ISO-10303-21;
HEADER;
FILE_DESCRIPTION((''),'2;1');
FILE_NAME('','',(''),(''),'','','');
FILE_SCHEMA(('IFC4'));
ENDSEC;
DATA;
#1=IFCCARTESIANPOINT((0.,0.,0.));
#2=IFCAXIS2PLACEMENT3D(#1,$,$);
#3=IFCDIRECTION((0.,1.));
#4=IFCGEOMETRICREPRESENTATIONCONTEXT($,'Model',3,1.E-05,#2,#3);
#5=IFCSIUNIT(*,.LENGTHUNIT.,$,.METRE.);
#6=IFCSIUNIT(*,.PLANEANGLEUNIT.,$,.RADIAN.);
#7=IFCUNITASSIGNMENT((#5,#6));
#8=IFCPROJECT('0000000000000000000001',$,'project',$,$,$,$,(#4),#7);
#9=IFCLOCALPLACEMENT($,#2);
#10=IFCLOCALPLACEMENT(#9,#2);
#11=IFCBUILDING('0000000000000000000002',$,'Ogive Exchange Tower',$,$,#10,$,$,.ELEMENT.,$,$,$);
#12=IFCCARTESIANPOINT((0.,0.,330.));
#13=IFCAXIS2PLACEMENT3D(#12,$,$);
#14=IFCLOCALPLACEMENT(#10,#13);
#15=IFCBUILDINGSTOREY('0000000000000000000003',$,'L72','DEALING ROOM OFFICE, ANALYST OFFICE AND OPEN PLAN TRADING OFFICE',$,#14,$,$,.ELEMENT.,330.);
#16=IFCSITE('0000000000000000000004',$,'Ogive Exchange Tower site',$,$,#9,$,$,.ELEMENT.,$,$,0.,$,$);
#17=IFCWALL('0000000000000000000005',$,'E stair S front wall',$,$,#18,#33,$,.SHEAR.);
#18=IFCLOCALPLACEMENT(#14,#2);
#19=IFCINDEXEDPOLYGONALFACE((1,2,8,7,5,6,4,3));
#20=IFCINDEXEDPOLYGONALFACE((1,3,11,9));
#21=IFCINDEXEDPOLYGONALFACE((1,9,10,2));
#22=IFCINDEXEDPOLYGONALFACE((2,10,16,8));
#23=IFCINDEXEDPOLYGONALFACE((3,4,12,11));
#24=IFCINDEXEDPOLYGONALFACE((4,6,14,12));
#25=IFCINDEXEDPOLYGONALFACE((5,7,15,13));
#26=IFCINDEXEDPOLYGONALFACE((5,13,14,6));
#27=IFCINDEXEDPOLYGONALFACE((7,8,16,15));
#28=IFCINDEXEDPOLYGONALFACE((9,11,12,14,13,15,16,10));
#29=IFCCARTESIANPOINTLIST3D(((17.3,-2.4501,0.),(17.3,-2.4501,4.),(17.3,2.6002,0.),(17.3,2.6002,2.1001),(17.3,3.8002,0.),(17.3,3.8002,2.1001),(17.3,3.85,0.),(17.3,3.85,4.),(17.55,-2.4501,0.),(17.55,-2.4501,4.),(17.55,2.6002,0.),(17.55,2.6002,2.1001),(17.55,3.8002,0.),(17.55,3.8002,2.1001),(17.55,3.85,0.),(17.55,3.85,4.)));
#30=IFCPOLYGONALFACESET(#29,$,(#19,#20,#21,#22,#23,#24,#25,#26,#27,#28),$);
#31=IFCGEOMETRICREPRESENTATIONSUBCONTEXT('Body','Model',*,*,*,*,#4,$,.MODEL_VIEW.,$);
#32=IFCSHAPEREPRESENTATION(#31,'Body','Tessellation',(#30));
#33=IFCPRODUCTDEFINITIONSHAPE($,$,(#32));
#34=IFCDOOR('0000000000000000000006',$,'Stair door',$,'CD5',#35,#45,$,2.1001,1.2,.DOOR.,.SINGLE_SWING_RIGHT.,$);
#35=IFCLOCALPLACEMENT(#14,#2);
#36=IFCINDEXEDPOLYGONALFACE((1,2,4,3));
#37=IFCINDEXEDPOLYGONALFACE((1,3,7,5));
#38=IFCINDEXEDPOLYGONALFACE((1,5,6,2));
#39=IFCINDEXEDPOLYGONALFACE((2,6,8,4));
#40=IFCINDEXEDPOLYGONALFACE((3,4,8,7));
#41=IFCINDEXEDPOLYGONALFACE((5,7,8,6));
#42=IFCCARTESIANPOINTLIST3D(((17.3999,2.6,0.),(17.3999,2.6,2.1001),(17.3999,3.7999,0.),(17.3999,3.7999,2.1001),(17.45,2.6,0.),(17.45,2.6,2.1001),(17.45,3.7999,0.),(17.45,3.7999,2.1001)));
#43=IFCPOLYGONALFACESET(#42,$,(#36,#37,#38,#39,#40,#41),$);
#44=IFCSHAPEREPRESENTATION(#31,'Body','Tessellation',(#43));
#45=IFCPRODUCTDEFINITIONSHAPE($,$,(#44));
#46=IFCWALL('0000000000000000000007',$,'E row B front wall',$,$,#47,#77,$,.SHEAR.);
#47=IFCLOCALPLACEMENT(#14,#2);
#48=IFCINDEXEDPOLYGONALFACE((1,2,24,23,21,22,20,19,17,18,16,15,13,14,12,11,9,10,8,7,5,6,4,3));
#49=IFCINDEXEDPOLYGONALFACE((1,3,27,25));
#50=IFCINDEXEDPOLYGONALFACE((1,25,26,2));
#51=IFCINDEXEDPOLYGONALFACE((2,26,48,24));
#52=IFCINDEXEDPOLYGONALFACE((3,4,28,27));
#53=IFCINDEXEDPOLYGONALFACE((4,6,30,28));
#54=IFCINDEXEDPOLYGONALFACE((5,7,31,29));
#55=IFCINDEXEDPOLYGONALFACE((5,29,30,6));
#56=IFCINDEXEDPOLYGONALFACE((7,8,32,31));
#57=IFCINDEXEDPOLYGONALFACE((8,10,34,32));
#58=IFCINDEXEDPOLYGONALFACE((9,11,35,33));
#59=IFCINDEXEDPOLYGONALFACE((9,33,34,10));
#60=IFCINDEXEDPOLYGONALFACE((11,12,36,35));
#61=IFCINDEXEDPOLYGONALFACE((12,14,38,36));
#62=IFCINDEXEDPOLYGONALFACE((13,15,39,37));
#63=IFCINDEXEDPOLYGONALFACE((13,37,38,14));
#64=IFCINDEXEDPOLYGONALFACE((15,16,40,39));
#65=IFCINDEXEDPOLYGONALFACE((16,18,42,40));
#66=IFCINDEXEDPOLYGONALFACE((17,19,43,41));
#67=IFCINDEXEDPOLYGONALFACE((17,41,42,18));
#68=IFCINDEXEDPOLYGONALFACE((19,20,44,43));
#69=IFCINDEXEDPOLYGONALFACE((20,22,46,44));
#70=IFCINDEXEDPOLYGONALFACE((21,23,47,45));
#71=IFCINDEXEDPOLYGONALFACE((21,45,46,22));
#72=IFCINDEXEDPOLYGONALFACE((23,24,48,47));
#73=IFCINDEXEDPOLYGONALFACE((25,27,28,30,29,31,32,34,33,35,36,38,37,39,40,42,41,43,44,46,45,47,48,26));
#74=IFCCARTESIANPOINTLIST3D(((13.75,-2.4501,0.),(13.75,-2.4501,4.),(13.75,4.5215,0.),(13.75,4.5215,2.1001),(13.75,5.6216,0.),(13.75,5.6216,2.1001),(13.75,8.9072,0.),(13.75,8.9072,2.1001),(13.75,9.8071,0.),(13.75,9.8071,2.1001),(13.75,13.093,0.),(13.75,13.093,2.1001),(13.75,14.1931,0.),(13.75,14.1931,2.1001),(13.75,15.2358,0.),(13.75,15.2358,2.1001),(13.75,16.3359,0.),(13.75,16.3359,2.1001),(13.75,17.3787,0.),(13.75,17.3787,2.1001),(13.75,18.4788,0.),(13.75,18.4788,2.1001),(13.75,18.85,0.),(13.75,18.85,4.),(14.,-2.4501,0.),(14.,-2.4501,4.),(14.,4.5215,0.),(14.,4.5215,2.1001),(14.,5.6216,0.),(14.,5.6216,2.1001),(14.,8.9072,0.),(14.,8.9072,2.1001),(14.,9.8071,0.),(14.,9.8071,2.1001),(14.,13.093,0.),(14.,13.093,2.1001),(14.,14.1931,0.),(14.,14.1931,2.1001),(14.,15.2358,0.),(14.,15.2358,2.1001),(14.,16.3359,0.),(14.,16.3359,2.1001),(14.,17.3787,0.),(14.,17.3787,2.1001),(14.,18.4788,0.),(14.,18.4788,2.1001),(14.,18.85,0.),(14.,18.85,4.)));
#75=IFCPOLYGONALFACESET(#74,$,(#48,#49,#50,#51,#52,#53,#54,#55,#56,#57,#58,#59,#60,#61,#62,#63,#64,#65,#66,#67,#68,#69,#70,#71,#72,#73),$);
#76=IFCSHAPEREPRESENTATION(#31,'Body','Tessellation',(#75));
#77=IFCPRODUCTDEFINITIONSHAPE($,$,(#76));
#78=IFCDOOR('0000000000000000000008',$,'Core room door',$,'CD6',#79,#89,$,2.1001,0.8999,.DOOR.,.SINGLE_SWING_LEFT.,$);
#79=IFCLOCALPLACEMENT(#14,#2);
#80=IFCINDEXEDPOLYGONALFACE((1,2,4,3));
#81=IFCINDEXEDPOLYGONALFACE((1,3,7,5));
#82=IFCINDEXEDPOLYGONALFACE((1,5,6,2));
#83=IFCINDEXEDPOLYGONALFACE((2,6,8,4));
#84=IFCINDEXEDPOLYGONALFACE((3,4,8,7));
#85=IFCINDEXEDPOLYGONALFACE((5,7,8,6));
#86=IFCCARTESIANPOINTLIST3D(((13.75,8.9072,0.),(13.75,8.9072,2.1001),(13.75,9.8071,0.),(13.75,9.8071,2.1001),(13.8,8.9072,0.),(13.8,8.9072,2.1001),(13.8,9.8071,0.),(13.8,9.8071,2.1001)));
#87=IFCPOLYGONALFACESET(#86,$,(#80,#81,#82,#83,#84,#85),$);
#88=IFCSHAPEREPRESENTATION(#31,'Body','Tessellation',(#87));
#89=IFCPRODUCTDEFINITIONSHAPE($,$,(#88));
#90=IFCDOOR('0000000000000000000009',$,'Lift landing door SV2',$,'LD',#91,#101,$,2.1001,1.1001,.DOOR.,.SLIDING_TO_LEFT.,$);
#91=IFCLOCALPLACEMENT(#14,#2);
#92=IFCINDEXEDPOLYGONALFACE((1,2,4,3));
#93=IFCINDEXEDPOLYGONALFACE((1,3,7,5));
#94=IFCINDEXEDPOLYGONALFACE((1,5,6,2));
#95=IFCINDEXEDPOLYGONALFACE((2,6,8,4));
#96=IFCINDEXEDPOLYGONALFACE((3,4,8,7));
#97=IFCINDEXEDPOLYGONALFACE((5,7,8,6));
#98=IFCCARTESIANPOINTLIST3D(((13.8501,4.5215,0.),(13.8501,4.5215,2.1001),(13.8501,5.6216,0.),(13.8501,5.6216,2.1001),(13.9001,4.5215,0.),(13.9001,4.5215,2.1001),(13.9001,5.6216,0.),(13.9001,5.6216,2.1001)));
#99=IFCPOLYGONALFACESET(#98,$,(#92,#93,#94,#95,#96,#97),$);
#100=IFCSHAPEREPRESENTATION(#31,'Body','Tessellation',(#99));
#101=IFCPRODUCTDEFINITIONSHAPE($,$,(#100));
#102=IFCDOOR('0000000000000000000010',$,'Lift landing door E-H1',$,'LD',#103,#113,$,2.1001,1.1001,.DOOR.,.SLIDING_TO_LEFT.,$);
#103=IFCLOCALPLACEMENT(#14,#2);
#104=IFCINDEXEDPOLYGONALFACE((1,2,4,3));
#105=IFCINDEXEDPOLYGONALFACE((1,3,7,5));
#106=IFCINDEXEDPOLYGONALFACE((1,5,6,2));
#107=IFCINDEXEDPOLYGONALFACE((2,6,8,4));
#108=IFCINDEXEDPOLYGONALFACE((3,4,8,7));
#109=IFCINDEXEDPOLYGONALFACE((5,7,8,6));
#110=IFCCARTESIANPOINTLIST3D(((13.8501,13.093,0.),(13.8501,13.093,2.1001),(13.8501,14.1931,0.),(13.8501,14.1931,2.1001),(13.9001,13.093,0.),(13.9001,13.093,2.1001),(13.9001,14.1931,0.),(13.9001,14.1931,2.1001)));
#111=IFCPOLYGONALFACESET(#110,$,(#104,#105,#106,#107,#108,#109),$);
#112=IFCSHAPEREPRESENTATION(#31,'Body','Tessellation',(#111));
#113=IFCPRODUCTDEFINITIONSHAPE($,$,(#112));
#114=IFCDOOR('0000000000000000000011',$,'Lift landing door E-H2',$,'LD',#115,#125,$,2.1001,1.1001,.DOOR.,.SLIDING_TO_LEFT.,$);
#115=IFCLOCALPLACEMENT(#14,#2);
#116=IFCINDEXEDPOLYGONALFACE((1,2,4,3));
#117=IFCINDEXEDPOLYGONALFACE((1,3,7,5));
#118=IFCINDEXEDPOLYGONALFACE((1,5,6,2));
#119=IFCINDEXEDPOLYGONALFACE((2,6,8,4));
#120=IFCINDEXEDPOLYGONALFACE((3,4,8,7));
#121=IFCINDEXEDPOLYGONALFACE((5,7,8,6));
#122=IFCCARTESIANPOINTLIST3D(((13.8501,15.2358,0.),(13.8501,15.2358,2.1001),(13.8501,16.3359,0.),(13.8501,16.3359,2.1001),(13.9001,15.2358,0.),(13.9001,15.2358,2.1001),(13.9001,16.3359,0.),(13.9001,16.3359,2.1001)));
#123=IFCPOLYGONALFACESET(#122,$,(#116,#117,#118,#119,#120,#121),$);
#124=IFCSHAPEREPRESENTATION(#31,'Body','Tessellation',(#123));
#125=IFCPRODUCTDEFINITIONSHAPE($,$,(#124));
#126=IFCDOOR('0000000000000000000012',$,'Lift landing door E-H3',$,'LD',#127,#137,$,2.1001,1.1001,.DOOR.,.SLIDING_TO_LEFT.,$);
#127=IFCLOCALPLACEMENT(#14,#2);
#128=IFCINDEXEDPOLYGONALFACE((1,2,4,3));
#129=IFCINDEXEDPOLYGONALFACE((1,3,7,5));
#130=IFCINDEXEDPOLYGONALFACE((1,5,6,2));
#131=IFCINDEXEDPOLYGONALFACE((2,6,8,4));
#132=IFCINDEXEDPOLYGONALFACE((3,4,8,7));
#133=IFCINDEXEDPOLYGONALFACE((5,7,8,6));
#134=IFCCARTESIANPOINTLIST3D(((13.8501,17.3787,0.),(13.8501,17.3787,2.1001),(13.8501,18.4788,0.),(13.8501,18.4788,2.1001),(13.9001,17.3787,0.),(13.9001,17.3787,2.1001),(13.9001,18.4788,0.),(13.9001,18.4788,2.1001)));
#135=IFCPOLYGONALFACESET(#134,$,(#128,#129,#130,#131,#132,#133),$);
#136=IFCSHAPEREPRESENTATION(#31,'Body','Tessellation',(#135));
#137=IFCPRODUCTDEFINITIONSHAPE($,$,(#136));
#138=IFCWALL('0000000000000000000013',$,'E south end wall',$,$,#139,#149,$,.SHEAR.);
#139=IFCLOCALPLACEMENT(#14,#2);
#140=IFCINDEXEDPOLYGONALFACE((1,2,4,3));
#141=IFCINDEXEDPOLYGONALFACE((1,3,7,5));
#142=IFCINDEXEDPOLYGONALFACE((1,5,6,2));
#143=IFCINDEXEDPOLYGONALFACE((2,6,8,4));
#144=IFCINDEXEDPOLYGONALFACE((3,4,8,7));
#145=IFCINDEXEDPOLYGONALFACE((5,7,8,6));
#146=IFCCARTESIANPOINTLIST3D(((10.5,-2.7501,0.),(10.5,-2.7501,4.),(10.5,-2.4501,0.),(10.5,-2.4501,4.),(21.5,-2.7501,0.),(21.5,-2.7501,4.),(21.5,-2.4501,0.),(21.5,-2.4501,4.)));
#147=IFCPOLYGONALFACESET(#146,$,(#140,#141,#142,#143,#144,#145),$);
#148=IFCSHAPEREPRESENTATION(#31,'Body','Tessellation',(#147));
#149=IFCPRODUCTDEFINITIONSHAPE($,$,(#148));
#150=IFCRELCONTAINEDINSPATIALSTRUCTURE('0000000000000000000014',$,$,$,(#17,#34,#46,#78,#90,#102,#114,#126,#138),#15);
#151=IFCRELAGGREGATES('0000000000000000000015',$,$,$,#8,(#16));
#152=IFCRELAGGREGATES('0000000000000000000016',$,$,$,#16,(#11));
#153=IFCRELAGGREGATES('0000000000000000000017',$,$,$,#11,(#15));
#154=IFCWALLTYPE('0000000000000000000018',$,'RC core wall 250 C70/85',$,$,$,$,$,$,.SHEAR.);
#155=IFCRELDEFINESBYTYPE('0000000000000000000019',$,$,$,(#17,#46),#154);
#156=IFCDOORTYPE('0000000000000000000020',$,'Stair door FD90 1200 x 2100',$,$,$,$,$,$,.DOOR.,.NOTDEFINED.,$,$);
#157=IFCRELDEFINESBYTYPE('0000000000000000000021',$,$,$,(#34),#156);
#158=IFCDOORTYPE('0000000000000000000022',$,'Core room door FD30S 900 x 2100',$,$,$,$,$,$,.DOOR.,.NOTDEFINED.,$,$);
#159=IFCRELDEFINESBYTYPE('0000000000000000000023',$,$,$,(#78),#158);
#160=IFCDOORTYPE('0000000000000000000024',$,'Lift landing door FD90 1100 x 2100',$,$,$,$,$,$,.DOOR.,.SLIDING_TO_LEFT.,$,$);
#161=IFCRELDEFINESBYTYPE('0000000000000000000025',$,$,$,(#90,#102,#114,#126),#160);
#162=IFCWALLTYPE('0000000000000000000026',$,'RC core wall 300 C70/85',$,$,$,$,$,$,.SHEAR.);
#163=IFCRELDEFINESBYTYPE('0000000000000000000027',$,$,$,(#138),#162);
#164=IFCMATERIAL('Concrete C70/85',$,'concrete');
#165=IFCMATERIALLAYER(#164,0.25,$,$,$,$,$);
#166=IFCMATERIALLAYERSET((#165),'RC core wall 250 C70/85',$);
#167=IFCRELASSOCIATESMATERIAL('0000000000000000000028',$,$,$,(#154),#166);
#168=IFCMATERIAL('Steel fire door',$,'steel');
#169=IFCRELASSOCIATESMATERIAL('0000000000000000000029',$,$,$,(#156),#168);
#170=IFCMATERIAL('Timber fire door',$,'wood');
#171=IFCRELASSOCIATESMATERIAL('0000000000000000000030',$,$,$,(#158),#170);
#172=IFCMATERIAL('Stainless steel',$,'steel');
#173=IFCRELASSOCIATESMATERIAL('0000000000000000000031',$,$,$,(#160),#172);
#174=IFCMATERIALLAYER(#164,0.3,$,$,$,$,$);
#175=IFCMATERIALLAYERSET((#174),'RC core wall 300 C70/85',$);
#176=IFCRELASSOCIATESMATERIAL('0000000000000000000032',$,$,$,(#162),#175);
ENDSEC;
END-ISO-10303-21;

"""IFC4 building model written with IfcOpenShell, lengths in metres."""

from ifc_helpers import new_model, si_unit, direction, frame, frame_2d, origin, place, context, subcontext, project, spatial, rectangle, extrude, material, layer, layer_set, type_object, element, fill, save


model = new_model("IFC4")

# Units and contexts
model_context = context("Model", 3, precision=1e-05, world=origin(), true_north=direction((0.0, 1.0)))
body_context = subcontext(model_context, "Body", "Model", "MODEL_VIEW")
ifc_project = project(units=[si_unit("LENGTHUNIT", "METRE"), si_unit("PLANEANGLEUNIT", "RADIAN")], contexts=[model_context])

# Site, building, storey
site_placement = place(None, origin())
site = spatial("IfcSite", under=ifc_project, at=site_placement, Name="Ogive Exchange Tower site", CompositionType="ELEMENT", RefElevation=0.0)
building_placement = place(site_placement, origin())
building = spatial("IfcBuilding", under=site, at=building_placement, Name="Ogive Exchange Tower", CompositionType="ELEMENT")
storey_placement = place(building_placement, frame((0.0, 0.0, 330.0)))
storey = spatial("IfcBuildingStorey", under=building, at=storey_placement, Name="L72", Description="DEALING ROOM OFFICE, ANALYST OFFICE AND OPEN PLAN TRADING OFFICE", CompositionType="ELEMENT", Elevation=330.0)

# Shared definitions
ifc_material_1 = material(Name="Concrete C70/85", Category="concrete")

# Wall, opening, door
ifc_layer_1 = layer(ifc_material_1, 0.25)
ifc_layer_set_1 = layer_set([ifc_layer_1], Name="RC core wall 250 C70/85")
wall_type_1 = type_object("IfcWallType", Name="RC core wall 250 C70/85", PredefinedType="SHEAR", material=ifc_layer_set_1)
wall_1_placement = place(storey_placement, frame((17.425, -2.45, 0.0), z_axis=(0.0, 0.0, 1.0), x_axis=(0.0, 1.0, 0.0)))
wall_1 = element("IfcWall", 1, at=wall_1_placement, inside=storey, type_object=wall_type_1, Name="E stair S front wall", PredefinedType="SHEAR", context=body_context, shape_type="SweptSolid", body=[
    extrude(rectangle(XDim=6.3, YDim=0.25, at=frame_2d((3.1499, 0.0))), origin(), (0.0, 0.0, 1.0), 4.0),
])
opening_1_placement = place(wall_1_placement, frame((5.05, 0.0, 0.0)))
opening_1 = element("IfcOpeningElement", 2, at=opening_1_placement, cuts=wall_1, PredefinedType="OPENING", context=body_context, shape_type="SweptSolid", body=[
    extrude(rectangle(XDim=1.2, YDim=2.1001, at=frame_2d((0.6001, 1.05))), frame((0.0, 0.135, 0.0), z_axis=(0.0, -1.0, 0.0), x_axis=(1.0, 0.0, 0.0)), (0.0, 0.0, 1.0), 0.27),
])
ifc_material_2 = material(Name="Steel fire door", Category="steel")
door_type_1 = type_object("IfcDoorType", Name="Stair door FD90 1200 x 2100", OperationType="NOTDEFINED", PredefinedType="DOOR", material=ifc_material_2)
door_1_placement = place(opening_1_placement, frame((1.2, 0.0, 0.0), z_axis=(0.0, 0.0, 1.0), x_axis=(-1.0, 0.0, 0.0)))
door_1 = element("IfcDoor", 3, at=door_1_placement, inside=storey, type_object=door_type_1, Name="Stair door", ObjectType="CD5", OperationType="SINGLE_SWING_RIGHT", OverallHeight=2.1001, OverallWidth=1.2, PredefinedType="DOOR", context=body_context, shape_type="SweptSolid", body=[
    extrude(rectangle(XDim=1.2, YDim=2.1001, at=frame_2d((0.6001, 1.05))), frame((0.0, 0.0249, 0.0), z_axis=(0.0, -1.0, 0.0), x_axis=(1.0, 0.0, 0.0)), (0.0, 0.0, 1.0), 0.05),
])
fill(opening_1, door_1)

# Wall, openings, doors
wall_2_placement = place(storey_placement, frame((13.875, -2.45, 0.0), z_axis=(0.0, 0.0, 1.0), x_axis=(0.0, 1.0, 0.0)))
wall_2 = element("IfcWall", 4, at=wall_2_placement, inside=storey, type_object=wall_type_1, Name="E row B front wall", PredefinedType="SHEAR", context=body_context, shape_type="SweptSolid", body=[
    extrude(rectangle(XDim=21.3, YDim=0.25, at=frame_2d((10.6499, 0.0))), origin(), (0.0, 0.0, 1.0), 4.0),
])
opening_2_placement = place(wall_2_placement, frame((11.3572, 0.0, 0.0)))
opening_2 = element("IfcOpeningElement", 5, at=opening_2_placement, cuts=wall_2, PredefinedType="OPENING", context=body_context, shape_type="SweptSolid", body=[
    extrude(rectangle(XDim=0.8999, YDim=2.1001, at=frame_2d((0.45, 1.05))), frame((0.0, 0.135, 0.0), z_axis=(0.0, -1.0, 0.0), x_axis=(1.0, 0.0, 0.0)), (0.0, 0.0, 1.0), 0.27),
])
opening_3_placement = place(wall_2_placement, frame((6.9714, 0.0, 0.0)))
opening_3 = element("IfcOpeningElement", 6, at=opening_3_placement, cuts=wall_2, PredefinedType="OPENING", context=body_context, shape_type="SweptSolid", body=[
    extrude(rectangle(XDim=1.1001, YDim=2.1001, at=frame_2d((0.55, 1.05))), frame((0.0, 0.135, 0.0), z_axis=(0.0, -1.0, 0.0), x_axis=(1.0, 0.0, 0.0)), (0.0, 0.0, 1.0), 0.27),
])
opening_4_placement = place(wall_2_placement, frame((15.543, 0.0, 0.0)))
opening_4 = element("IfcOpeningElement", 7, at=opening_4_placement, cuts=wall_2, PredefinedType="OPENING", context=body_context, shape_type="SweptSolid", body=[
    extrude(rectangle(XDim=1.1001, YDim=2.1001, at=frame_2d((0.55, 1.05))), frame((0.0, 0.135, 0.0), z_axis=(0.0, -1.0, 0.0), x_axis=(1.0, 0.0, 0.0)), (0.0, 0.0, 1.0), 0.27),
])
opening_5_placement = place(wall_2_placement, frame((17.6858, 0.0, 0.0)))
opening_5 = element("IfcOpeningElement", 8, at=opening_5_placement, cuts=wall_2, PredefinedType="OPENING", context=body_context, shape_type="SweptSolid", body=[
    extrude(rectangle(XDim=1.1001, YDim=2.1001, at=frame_2d((0.55, 1.05))), frame((0.0, 0.135, 0.0), z_axis=(0.0, -1.0, 0.0), x_axis=(1.0, 0.0, 0.0)), (0.0, 0.0, 1.0), 0.27),
])
opening_6_placement = place(wall_2_placement, frame((19.8286, 0.0, 0.0)))
opening_6 = element("IfcOpeningElement", 9, at=opening_6_placement, cuts=wall_2, PredefinedType="OPENING", context=body_context, shape_type="SweptSolid", body=[
    extrude(rectangle(XDim=1.1001, YDim=2.1001, at=frame_2d((0.55, 1.05))), frame((0.0, 0.135, 0.0), z_axis=(0.0, -1.0, 0.0), x_axis=(1.0, 0.0, 0.0)), (0.0, 0.0, 1.0), 0.27),
])
ifc_material_3 = material(Name="Timber fire door", Category="wood")
door_type_2 = type_object("IfcDoorType", Name="Core room door FD30S 900 x 2100", OperationType="NOTDEFINED", PredefinedType="DOOR", material=ifc_material_3)
door_2_placement = place(opening_2_placement, origin())
door_2 = element("IfcDoor", 10, at=door_2_placement, inside=storey, type_object=door_type_2, Name="Core room door", ObjectType="CD6", OperationType="SINGLE_SWING_LEFT", OverallHeight=2.1001, OverallWidth=0.8999, PredefinedType="DOOR", context=body_context, shape_type="SweptSolid", body=[
    extrude(rectangle(XDim=0.8999, YDim=2.1001, at=frame_2d((0.45, 1.05))), frame((0.0, 0.125, 0.0), z_axis=(0.0, -1.0, 0.0), x_axis=(1.0, 0.0, 0.0)), (0.0, 0.0, 1.0), 0.05),
])
fill(opening_2, door_2)
ifc_material_4 = material(Name="Stainless steel", Category="steel")
door_type_3 = type_object("IfcDoorType", Name="Lift landing door FD90 1100 x 2100", OperationType="SLIDING_TO_LEFT", PredefinedType="DOOR", material=ifc_material_4)
door_3_placement = place(opening_3_placement, origin())
door_3 = element("IfcDoor", 11, at=door_3_placement, inside=storey, type_object=door_type_3, Name="Lift landing door SV2", ObjectType="LD", OperationType="SLIDING_TO_LEFT", OverallHeight=2.1001, OverallWidth=1.1001, PredefinedType="DOOR", context=body_context, shape_type="SweptSolid", body=[
    extrude(rectangle(XDim=1.1001, YDim=2.1001, at=frame_2d((0.55, 1.05))), frame((0.0, 0.0249, 0.0), z_axis=(0.0, -1.0, 0.0), x_axis=(1.0, 0.0, 0.0)), (0.0, 0.0, 1.0), 0.05),
])
fill(opening_3, door_3)
door_4_placement = place(opening_4_placement, origin())
door_4 = element("IfcDoor", 12, at=door_4_placement, inside=storey, type_object=door_type_3, Name="Lift landing door E-H1", ObjectType="LD", OperationType="SLIDING_TO_LEFT", OverallHeight=2.1001, OverallWidth=1.1001, PredefinedType="DOOR", context=body_context, shape_type="SweptSolid", body=[
    extrude(rectangle(XDim=1.1001, YDim=2.1001, at=frame_2d((0.55, 1.05))), frame((0.0, 0.0249, 0.0), z_axis=(0.0, -1.0, 0.0), x_axis=(1.0, 0.0, 0.0)), (0.0, 0.0, 1.0), 0.05),
])
fill(opening_4, door_4)
door_5_placement = place(opening_5_placement, origin())
door_5 = element("IfcDoor", 13, at=door_5_placement, inside=storey, type_object=door_type_3, Name="Lift landing door E-H2", ObjectType="LD", OperationType="SLIDING_TO_LEFT", OverallHeight=2.1001, OverallWidth=1.1001, PredefinedType="DOOR", context=body_context, shape_type="SweptSolid", body=[
    extrude(rectangle(XDim=1.1001, YDim=2.1001, at=frame_2d((0.55, 1.05))), frame((0.0, 0.0249, 0.0), z_axis=(0.0, -1.0, 0.0), x_axis=(1.0, 0.0, 0.0)), (0.0, 0.0, 1.0), 0.05),
])
fill(opening_5, door_5)
door_6_placement = place(opening_6_placement, origin())
door_6 = element("IfcDoor", 14, at=door_6_placement, inside=storey, type_object=door_type_3, Name="Lift landing door E-H3", ObjectType="LD", OperationType="SLIDING_TO_LEFT", OverallHeight=2.1001, OverallWidth=1.1001, PredefinedType="DOOR", context=body_context, shape_type="SweptSolid", body=[
    extrude(rectangle(XDim=1.1001, YDim=2.1001, at=frame_2d((0.55, 1.05))), frame((0.0, 0.0249, 0.0), z_axis=(0.0, -1.0, 0.0), x_axis=(1.0, 0.0, 0.0)), (0.0, 0.0, 1.0), 0.05),
])
fill(opening_6, door_6)

# Wall
ifc_layer_2 = layer(ifc_material_1, 0.3)
ifc_layer_set_2 = layer_set([ifc_layer_2], Name="RC core wall 300 C70/85")
wall_type_2 = type_object("IfcWallType", Name="RC core wall 300 C70/85", PredefinedType="SHEAR", material=ifc_layer_set_2)
wall_3_placement = place(storey_placement, frame((10.5, -2.6001, 0.0), z_axis=(0.0, 0.0, 1.0), x_axis=(1.0, 0.0, 0.0)))
element("IfcWall", 15, at=wall_3_placement, inside=storey, type_object=wall_type_2, Name="E south end wall", PredefinedType="SHEAR", context=body_context, shape_type="SweptSolid", body=[
    extrude(rectangle(XDim=11.0, YDim=0.3, at=frame_2d((5.5, 0.0))), origin(), (0.0, 0.0, 1.0), 4.0),
])

save(model, "model.ifc")
